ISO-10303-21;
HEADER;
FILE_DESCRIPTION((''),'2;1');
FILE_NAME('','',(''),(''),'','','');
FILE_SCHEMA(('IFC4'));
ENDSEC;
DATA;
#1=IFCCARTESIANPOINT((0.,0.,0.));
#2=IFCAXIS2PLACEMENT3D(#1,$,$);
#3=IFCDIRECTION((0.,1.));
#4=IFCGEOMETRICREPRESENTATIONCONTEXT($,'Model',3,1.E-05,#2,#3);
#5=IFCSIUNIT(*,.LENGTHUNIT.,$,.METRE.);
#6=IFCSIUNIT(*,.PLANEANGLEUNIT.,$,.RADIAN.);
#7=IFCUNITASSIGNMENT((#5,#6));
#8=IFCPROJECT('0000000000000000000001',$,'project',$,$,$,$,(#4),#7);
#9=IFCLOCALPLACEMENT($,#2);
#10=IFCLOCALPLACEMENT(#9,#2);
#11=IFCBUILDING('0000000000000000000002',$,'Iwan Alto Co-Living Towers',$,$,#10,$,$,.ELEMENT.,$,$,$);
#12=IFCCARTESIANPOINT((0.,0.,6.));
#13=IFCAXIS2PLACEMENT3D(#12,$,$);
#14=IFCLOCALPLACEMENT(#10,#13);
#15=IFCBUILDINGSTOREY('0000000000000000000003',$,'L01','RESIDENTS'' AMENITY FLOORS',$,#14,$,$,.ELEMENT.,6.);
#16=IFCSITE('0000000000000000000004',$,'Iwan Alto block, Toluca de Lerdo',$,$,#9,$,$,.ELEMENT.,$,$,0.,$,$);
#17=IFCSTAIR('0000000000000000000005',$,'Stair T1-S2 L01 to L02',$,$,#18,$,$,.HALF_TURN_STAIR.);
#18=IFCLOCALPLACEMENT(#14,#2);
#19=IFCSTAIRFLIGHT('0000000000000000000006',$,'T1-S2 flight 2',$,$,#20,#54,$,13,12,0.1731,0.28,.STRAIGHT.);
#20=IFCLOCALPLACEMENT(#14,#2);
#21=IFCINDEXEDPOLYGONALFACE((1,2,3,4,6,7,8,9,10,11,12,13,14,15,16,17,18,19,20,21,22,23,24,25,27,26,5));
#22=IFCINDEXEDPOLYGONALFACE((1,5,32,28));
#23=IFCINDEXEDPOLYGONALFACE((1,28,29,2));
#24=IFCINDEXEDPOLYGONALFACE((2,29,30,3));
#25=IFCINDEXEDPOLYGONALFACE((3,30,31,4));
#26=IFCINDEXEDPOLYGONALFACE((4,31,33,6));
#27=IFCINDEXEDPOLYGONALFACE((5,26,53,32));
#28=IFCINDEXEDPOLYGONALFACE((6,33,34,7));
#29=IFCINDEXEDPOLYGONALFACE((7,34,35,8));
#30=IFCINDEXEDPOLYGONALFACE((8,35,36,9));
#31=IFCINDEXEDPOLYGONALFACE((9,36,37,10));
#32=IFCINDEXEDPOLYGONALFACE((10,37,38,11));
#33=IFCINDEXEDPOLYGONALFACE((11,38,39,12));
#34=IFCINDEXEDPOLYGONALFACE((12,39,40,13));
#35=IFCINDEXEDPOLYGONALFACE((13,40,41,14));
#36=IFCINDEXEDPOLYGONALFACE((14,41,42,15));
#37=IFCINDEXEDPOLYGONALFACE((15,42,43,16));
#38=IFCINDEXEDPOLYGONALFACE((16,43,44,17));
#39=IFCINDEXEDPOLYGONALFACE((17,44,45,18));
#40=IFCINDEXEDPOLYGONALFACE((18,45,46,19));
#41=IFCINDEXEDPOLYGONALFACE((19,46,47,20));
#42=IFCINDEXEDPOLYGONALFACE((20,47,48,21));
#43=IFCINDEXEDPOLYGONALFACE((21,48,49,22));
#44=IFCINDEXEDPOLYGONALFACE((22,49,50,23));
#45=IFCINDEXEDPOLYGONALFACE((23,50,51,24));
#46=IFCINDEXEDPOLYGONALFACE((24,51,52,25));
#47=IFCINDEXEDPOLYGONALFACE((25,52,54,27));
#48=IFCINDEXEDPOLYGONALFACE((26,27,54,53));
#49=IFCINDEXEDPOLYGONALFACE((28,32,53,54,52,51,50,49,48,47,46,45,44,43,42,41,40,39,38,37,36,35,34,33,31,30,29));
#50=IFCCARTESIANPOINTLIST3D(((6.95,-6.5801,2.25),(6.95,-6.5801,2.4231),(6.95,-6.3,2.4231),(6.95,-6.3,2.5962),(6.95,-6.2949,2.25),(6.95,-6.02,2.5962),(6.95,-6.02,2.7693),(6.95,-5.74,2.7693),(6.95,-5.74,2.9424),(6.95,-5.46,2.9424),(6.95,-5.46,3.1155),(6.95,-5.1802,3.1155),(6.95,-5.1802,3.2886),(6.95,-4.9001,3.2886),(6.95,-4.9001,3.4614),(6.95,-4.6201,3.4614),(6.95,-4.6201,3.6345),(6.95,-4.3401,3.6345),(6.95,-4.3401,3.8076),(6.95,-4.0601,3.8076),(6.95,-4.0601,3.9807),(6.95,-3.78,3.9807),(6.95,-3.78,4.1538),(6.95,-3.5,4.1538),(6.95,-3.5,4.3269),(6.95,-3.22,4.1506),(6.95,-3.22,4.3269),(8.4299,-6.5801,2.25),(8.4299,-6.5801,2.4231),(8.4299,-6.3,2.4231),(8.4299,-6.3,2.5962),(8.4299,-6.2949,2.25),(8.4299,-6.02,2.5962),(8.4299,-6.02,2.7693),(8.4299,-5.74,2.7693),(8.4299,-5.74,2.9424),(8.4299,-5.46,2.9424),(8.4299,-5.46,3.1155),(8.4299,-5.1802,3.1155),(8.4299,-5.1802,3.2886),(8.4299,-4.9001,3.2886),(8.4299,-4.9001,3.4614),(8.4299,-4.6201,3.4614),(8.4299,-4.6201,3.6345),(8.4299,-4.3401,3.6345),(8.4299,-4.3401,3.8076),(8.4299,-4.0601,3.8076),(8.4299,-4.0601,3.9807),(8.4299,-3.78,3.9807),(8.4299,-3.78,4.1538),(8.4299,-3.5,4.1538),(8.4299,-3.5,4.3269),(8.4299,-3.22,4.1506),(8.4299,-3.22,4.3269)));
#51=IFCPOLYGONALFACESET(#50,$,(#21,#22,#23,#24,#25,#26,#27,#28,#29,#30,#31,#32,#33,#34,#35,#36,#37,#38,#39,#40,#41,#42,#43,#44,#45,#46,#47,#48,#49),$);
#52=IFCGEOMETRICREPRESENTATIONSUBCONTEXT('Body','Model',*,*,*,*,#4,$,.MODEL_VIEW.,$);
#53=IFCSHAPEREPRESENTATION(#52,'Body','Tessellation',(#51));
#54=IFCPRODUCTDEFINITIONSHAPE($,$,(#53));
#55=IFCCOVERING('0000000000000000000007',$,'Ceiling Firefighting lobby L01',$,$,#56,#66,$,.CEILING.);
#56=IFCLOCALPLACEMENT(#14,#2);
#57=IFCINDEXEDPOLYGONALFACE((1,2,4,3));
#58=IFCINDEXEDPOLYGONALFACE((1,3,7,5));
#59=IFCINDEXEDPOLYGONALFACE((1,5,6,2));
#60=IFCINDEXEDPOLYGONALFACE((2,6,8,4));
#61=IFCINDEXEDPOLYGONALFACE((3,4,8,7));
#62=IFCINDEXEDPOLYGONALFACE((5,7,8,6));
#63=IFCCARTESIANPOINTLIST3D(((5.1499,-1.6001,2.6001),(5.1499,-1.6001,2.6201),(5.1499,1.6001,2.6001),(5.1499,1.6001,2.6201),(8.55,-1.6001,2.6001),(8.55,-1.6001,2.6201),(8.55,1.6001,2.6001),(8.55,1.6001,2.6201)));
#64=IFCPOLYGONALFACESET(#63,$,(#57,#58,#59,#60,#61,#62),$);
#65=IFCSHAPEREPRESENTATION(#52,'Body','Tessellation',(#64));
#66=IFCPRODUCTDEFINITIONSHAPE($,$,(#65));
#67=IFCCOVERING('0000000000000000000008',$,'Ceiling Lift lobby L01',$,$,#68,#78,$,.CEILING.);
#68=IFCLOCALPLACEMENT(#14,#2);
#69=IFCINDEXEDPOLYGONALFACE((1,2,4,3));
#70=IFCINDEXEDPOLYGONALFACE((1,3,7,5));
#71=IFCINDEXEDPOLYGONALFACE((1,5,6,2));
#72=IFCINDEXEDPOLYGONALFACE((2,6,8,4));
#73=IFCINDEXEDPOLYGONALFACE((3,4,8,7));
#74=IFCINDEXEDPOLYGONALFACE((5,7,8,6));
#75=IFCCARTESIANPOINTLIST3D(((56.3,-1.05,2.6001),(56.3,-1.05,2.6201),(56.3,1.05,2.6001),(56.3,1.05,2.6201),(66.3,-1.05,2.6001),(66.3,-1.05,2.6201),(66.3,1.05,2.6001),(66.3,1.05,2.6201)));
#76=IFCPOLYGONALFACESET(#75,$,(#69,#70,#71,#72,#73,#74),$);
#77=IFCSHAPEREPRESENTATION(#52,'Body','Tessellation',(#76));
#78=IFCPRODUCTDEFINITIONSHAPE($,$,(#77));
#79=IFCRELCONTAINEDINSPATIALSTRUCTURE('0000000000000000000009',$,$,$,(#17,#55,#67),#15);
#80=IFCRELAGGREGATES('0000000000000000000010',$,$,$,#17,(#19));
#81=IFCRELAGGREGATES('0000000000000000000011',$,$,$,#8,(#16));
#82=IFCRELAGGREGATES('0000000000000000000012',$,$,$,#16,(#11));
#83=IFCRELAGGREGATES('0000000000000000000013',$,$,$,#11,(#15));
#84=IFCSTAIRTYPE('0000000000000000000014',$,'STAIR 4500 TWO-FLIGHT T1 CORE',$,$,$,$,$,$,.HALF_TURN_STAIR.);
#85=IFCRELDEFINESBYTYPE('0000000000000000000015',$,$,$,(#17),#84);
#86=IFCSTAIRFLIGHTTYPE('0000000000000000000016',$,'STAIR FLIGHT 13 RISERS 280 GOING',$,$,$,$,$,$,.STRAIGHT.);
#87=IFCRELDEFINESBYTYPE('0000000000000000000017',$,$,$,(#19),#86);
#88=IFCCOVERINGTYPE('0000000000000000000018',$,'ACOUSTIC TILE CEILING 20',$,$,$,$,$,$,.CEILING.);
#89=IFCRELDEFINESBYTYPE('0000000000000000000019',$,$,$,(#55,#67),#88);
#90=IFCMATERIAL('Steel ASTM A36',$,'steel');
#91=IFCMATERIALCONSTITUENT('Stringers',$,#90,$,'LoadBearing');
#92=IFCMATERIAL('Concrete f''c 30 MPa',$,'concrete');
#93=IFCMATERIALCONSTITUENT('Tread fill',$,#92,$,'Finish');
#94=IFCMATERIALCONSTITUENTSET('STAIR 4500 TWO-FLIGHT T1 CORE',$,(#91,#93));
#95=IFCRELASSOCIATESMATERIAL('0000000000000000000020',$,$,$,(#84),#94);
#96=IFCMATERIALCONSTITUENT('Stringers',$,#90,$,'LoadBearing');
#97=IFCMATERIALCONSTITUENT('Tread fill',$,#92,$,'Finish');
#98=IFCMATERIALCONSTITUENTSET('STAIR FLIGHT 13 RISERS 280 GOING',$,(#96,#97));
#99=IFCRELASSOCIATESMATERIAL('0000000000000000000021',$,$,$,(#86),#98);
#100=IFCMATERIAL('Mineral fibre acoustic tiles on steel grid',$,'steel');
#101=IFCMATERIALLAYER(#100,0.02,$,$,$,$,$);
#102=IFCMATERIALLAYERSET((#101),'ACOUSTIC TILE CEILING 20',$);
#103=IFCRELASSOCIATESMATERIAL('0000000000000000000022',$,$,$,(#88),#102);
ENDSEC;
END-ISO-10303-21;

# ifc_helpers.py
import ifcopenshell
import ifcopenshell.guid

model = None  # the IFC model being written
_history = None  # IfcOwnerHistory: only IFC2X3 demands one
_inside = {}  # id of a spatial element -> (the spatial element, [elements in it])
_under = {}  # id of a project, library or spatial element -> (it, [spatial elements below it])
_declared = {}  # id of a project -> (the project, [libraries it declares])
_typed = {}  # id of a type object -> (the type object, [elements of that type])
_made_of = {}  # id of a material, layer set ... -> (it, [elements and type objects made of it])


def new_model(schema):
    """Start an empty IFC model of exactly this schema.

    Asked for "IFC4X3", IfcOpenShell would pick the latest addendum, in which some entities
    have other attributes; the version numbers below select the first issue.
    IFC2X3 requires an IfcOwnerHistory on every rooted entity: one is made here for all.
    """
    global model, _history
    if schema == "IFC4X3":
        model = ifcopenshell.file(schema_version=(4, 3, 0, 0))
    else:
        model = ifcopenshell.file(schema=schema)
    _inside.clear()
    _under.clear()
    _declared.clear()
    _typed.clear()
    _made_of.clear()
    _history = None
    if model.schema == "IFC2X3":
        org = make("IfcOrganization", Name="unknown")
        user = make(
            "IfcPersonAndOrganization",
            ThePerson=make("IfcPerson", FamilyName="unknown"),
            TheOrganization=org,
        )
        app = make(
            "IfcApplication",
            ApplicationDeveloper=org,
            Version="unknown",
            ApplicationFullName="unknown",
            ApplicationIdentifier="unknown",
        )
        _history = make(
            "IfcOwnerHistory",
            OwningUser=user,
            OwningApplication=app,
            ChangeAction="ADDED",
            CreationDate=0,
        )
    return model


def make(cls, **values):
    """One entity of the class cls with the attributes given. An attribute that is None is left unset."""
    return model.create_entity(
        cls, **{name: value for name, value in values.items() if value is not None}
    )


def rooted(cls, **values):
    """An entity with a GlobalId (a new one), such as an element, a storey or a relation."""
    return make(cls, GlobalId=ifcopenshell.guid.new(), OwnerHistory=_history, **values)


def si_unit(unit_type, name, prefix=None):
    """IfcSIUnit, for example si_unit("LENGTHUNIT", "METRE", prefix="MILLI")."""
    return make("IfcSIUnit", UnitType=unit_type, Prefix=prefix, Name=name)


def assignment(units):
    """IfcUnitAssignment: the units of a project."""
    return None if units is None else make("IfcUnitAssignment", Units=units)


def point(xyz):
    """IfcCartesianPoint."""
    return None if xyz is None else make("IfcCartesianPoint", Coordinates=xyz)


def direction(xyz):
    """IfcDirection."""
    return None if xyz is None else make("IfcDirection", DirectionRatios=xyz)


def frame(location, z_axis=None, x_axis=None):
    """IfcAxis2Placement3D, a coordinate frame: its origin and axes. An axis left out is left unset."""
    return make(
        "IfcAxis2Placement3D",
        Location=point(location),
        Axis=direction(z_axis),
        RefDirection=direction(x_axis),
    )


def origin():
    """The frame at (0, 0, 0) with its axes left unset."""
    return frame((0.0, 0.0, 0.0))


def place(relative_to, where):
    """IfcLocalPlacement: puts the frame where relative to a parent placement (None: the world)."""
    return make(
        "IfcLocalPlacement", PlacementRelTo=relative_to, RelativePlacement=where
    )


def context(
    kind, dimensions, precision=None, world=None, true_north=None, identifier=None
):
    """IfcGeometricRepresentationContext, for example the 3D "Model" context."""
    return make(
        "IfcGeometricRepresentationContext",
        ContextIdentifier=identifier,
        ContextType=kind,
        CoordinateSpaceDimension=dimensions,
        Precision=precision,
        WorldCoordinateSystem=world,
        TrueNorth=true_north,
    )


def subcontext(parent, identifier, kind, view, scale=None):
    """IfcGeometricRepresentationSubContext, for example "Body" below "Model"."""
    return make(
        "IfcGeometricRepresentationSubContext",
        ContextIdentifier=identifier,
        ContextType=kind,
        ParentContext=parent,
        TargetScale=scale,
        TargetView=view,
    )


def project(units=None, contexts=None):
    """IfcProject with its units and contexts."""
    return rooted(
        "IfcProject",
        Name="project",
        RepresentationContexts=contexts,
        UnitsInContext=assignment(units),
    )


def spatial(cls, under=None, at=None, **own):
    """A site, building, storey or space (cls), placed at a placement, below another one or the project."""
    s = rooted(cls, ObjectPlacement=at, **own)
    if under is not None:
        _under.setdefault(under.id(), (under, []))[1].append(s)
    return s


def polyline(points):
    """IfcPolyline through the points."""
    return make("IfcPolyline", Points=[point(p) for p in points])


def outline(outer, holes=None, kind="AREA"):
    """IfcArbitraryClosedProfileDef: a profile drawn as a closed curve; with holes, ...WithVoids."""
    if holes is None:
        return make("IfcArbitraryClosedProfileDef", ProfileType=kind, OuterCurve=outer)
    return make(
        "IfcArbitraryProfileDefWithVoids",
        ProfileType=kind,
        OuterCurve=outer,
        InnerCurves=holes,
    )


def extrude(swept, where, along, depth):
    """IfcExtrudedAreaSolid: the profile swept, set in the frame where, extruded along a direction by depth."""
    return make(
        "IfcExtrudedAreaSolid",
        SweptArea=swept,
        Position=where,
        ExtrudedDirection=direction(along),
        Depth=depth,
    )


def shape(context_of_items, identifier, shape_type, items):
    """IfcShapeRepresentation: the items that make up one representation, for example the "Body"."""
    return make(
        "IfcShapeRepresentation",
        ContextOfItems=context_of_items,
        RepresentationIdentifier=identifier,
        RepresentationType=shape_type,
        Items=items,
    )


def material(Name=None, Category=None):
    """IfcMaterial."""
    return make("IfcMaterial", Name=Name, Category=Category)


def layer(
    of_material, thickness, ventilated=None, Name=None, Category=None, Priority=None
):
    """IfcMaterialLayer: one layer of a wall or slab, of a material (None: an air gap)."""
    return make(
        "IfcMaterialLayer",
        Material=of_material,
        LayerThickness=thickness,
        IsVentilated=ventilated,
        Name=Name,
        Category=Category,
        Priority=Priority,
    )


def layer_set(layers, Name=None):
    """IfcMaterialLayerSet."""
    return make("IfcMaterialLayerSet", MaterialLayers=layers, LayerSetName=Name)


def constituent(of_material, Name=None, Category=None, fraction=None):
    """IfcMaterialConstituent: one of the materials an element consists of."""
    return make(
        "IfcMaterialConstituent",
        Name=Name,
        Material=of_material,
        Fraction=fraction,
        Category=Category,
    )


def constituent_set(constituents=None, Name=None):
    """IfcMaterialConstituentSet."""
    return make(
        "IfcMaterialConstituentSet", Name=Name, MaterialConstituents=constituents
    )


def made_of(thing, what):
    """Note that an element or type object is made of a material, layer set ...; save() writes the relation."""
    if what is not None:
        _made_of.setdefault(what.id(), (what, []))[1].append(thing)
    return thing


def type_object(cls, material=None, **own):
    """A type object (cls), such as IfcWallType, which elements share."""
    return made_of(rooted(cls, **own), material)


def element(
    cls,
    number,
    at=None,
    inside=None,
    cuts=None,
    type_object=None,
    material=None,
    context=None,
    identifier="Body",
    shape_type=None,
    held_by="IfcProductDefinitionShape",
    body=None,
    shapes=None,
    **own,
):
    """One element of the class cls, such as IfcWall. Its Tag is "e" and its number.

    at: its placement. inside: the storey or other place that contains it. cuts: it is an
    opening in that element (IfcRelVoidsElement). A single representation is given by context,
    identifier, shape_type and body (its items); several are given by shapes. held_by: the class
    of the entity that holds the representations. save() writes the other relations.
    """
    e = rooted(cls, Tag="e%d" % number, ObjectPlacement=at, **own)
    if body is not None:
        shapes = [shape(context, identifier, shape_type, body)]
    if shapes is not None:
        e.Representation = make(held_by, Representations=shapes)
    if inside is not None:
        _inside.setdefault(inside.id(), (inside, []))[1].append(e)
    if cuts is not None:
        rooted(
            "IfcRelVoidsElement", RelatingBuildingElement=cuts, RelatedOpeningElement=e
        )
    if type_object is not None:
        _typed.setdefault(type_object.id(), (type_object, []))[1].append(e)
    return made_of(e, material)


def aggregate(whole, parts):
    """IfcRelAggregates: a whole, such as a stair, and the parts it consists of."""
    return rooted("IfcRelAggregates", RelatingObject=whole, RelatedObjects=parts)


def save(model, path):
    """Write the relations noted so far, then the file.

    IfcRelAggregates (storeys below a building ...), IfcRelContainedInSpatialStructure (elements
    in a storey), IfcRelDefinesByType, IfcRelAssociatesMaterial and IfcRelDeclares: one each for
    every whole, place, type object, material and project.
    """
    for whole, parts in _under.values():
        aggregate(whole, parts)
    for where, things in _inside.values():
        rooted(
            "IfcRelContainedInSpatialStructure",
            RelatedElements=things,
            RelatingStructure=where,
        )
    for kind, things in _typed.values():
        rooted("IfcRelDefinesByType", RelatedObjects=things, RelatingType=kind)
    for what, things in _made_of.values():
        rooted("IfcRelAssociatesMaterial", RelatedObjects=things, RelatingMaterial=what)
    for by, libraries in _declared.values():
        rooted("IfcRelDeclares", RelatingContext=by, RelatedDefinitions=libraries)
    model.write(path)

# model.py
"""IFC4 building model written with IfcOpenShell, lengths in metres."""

from ifc_helpers import new_model, si_unit, direction, frame, origin, place, context, subcontext, project, spatial, polyline, outline, extrude, material, layer, layer_set, constituent, constituent_set, type_object, element, aggregate, save


model = new_model("IFC4")

# Units and contexts
model_context = context("Model", 3, precision=1e-05, world=origin(), true_north=direction((0.0, 1.0)))
body_context = subcontext(model_context, "Body", "Model", "MODEL_VIEW")
ifc_project = project(units=[si_unit("LENGTHUNIT", "METRE"), si_unit("PLANEANGLEUNIT", "RADIAN")], contexts=[model_context])

# Site, building, storey
site_placement = place(None, origin())
site = spatial("IfcSite", under=ifc_project, at=site_placement, Name="Iwan Alto block, Toluca de Lerdo", CompositionType="ELEMENT", RefElevation=0.0)
building_placement = place(site_placement, origin())
building = spatial("IfcBuilding", under=site, at=building_placement, Name="Iwan Alto Co-Living Towers", CompositionType="ELEMENT")
storey_placement = place(building_placement, frame((0.0, 0.0, 6.0)))
storey = spatial("IfcBuildingStorey", under=building, at=storey_placement, Name="L01", Description="RESIDENTS' AMENITY FLOORS", CompositionType="ELEMENT", Elevation=6.0)

# Stair, stair flight
ifc_material_1 = material(Name="Steel ASTM A36", Category="steel")
ifc_constituent_1 = constituent(ifc_material_1, Name="Stringers", Category="LoadBearing")
ifc_material_2 = material(Name="Concrete f'c 30 MPa", Category="concrete")
ifc_constituent_2 = constituent(ifc_material_2, Name="Tread fill", Category="Finish")
ifc_constituent_set_1 = constituent_set(constituents=[ifc_constituent_1, ifc_constituent_2], Name="STAIR 4500 TWO-FLIGHT T1 CORE")
stair_type = type_object("IfcStairType", Name="STAIR 4500 TWO-FLIGHT T1 CORE", PredefinedType="HALF_TURN_STAIR", material=ifc_constituent_set_1)
stair_placement = place(storey_placement, origin())
stair = element("IfcStair", 1, at=stair_placement, inside=storey, type_object=stair_type, Name="Stair T1-S2 L01 to L02", PredefinedType="HALF_TURN_STAIR")
ifc_constituent_3 = constituent(ifc_material_1, Name="Stringers", Category="LoadBearing")
ifc_constituent_4 = constituent(ifc_material_2, Name="Tread fill", Category="Finish")
ifc_constituent_set_2 = constituent_set(constituents=[ifc_constituent_3, ifc_constituent_4], Name="STAIR FLIGHT 13 RISERS 280 GOING")
stair_flight_type = type_object("IfcStairFlightType", Name="STAIR FLIGHT 13 RISERS 280 GOING", PredefinedType="STRAIGHT", material=ifc_constituent_set_2)
stair_flight_1_placement = place(storey_placement, frame((7.6899, -6.5801, 2.25), z_axis=(0.0, 0.0, 1.0), x_axis=(0.0, 1.0, 0.0)))
stair_flight_1 = element("IfcStairFlight", 2, at=stair_flight_1_placement, type_object=stair_flight_type, Name="T1-S2 flight 2", NumberOfRisers=13, NumberOfTreads=12, PredefinedType="STRAIGHT", RiserHeight=0.1731, TreadLength=0.28, context=body_context, shape_type="SweptSolid", body=[
    extrude(outline(polyline([(0.0, 0.0), (0.0, 0.1731), (0.28, 0.1731), (0.28, 0.3462), (0.5601, 0.3462), (0.5601, 0.5193), (0.8401, 0.5193), (0.8401, 0.6924), (1.1201, 0.6924), (1.1201, 0.8655), (1.3999, 0.8655), (1.3999, 1.0386), (1.6799, 1.0386), (1.6799, 1.2114), (1.96, 1.2114), (1.96, 1.3845), (2.24, 1.3845), (2.24, 1.5576), (2.52, 1.5576), (2.52, 1.7307), (2.8, 1.7307), (2.8, 1.9038), (3.0801, 1.9038), (3.0801, 2.0769), (3.3601, 2.0769), (3.3601, 2.25), (3.3601, 1.9006), (0.2852, 0.0), (0.0, 0.0)])), frame((0.0, 0.74, 0.0), z_axis=(0.0, -1.0, 0.0), x_axis=(1.0, 0.0, 0.0)), (0.0, 0.0, 1.0), 1.48),
])
aggregate(stair, [stair_flight_1])

# Coverings
ifc_material_3 = material(Name="Mineral fibre acoustic tiles on steel grid", Category="steel")
ifc_layer_1 = layer(ifc_material_3, 0.02)
ifc_layer_set_1 = layer_set([ifc_layer_1], Name="ACOUSTIC TILE CEILING 20")
covering_type_1 = type_object("IfcCoveringType", Name="ACOUSTIC TILE CEILING 20", PredefinedType="CEILING", material=ifc_layer_set_1)
covering_1_placement = place(storey_placement, frame((0.0, 0.0, 2.6001)))
element("IfcCovering", 3, at=covering_1_placement, inside=storey, type_object=covering_type_1, Name="Ceiling Firefighting lobby L01", PredefinedType="CEILING", context=body_context, shape_type="SweptSolid", body=[
    extrude(outline(polyline([(5.1499, -1.6001), (5.1499, 1.6001), (8.55, 1.6001), (8.55, -1.6001), (5.1499, -1.6001)])), origin(), (0.0, 0.0, 1.0), 0.02),
])
covering_2_placement = place(storey_placement, frame((0.0, 0.0, 2.6001)))
element("IfcCovering", 4, at=covering_2_placement, inside=storey, type_object=covering_type_1, Name="Ceiling Lift lobby L01", PredefinedType="CEILING", context=body_context, shape_type="SweptSolid", body=[
    extrude(outline(polyline([(56.3, -1.05), (56.3, 1.05), (66.3, 1.05), (66.3, -1.05), (56.3, -1.05)])), origin(), (0.0, 0.0, 1.0), 0.02),
])

save(model, "model.ifc")
